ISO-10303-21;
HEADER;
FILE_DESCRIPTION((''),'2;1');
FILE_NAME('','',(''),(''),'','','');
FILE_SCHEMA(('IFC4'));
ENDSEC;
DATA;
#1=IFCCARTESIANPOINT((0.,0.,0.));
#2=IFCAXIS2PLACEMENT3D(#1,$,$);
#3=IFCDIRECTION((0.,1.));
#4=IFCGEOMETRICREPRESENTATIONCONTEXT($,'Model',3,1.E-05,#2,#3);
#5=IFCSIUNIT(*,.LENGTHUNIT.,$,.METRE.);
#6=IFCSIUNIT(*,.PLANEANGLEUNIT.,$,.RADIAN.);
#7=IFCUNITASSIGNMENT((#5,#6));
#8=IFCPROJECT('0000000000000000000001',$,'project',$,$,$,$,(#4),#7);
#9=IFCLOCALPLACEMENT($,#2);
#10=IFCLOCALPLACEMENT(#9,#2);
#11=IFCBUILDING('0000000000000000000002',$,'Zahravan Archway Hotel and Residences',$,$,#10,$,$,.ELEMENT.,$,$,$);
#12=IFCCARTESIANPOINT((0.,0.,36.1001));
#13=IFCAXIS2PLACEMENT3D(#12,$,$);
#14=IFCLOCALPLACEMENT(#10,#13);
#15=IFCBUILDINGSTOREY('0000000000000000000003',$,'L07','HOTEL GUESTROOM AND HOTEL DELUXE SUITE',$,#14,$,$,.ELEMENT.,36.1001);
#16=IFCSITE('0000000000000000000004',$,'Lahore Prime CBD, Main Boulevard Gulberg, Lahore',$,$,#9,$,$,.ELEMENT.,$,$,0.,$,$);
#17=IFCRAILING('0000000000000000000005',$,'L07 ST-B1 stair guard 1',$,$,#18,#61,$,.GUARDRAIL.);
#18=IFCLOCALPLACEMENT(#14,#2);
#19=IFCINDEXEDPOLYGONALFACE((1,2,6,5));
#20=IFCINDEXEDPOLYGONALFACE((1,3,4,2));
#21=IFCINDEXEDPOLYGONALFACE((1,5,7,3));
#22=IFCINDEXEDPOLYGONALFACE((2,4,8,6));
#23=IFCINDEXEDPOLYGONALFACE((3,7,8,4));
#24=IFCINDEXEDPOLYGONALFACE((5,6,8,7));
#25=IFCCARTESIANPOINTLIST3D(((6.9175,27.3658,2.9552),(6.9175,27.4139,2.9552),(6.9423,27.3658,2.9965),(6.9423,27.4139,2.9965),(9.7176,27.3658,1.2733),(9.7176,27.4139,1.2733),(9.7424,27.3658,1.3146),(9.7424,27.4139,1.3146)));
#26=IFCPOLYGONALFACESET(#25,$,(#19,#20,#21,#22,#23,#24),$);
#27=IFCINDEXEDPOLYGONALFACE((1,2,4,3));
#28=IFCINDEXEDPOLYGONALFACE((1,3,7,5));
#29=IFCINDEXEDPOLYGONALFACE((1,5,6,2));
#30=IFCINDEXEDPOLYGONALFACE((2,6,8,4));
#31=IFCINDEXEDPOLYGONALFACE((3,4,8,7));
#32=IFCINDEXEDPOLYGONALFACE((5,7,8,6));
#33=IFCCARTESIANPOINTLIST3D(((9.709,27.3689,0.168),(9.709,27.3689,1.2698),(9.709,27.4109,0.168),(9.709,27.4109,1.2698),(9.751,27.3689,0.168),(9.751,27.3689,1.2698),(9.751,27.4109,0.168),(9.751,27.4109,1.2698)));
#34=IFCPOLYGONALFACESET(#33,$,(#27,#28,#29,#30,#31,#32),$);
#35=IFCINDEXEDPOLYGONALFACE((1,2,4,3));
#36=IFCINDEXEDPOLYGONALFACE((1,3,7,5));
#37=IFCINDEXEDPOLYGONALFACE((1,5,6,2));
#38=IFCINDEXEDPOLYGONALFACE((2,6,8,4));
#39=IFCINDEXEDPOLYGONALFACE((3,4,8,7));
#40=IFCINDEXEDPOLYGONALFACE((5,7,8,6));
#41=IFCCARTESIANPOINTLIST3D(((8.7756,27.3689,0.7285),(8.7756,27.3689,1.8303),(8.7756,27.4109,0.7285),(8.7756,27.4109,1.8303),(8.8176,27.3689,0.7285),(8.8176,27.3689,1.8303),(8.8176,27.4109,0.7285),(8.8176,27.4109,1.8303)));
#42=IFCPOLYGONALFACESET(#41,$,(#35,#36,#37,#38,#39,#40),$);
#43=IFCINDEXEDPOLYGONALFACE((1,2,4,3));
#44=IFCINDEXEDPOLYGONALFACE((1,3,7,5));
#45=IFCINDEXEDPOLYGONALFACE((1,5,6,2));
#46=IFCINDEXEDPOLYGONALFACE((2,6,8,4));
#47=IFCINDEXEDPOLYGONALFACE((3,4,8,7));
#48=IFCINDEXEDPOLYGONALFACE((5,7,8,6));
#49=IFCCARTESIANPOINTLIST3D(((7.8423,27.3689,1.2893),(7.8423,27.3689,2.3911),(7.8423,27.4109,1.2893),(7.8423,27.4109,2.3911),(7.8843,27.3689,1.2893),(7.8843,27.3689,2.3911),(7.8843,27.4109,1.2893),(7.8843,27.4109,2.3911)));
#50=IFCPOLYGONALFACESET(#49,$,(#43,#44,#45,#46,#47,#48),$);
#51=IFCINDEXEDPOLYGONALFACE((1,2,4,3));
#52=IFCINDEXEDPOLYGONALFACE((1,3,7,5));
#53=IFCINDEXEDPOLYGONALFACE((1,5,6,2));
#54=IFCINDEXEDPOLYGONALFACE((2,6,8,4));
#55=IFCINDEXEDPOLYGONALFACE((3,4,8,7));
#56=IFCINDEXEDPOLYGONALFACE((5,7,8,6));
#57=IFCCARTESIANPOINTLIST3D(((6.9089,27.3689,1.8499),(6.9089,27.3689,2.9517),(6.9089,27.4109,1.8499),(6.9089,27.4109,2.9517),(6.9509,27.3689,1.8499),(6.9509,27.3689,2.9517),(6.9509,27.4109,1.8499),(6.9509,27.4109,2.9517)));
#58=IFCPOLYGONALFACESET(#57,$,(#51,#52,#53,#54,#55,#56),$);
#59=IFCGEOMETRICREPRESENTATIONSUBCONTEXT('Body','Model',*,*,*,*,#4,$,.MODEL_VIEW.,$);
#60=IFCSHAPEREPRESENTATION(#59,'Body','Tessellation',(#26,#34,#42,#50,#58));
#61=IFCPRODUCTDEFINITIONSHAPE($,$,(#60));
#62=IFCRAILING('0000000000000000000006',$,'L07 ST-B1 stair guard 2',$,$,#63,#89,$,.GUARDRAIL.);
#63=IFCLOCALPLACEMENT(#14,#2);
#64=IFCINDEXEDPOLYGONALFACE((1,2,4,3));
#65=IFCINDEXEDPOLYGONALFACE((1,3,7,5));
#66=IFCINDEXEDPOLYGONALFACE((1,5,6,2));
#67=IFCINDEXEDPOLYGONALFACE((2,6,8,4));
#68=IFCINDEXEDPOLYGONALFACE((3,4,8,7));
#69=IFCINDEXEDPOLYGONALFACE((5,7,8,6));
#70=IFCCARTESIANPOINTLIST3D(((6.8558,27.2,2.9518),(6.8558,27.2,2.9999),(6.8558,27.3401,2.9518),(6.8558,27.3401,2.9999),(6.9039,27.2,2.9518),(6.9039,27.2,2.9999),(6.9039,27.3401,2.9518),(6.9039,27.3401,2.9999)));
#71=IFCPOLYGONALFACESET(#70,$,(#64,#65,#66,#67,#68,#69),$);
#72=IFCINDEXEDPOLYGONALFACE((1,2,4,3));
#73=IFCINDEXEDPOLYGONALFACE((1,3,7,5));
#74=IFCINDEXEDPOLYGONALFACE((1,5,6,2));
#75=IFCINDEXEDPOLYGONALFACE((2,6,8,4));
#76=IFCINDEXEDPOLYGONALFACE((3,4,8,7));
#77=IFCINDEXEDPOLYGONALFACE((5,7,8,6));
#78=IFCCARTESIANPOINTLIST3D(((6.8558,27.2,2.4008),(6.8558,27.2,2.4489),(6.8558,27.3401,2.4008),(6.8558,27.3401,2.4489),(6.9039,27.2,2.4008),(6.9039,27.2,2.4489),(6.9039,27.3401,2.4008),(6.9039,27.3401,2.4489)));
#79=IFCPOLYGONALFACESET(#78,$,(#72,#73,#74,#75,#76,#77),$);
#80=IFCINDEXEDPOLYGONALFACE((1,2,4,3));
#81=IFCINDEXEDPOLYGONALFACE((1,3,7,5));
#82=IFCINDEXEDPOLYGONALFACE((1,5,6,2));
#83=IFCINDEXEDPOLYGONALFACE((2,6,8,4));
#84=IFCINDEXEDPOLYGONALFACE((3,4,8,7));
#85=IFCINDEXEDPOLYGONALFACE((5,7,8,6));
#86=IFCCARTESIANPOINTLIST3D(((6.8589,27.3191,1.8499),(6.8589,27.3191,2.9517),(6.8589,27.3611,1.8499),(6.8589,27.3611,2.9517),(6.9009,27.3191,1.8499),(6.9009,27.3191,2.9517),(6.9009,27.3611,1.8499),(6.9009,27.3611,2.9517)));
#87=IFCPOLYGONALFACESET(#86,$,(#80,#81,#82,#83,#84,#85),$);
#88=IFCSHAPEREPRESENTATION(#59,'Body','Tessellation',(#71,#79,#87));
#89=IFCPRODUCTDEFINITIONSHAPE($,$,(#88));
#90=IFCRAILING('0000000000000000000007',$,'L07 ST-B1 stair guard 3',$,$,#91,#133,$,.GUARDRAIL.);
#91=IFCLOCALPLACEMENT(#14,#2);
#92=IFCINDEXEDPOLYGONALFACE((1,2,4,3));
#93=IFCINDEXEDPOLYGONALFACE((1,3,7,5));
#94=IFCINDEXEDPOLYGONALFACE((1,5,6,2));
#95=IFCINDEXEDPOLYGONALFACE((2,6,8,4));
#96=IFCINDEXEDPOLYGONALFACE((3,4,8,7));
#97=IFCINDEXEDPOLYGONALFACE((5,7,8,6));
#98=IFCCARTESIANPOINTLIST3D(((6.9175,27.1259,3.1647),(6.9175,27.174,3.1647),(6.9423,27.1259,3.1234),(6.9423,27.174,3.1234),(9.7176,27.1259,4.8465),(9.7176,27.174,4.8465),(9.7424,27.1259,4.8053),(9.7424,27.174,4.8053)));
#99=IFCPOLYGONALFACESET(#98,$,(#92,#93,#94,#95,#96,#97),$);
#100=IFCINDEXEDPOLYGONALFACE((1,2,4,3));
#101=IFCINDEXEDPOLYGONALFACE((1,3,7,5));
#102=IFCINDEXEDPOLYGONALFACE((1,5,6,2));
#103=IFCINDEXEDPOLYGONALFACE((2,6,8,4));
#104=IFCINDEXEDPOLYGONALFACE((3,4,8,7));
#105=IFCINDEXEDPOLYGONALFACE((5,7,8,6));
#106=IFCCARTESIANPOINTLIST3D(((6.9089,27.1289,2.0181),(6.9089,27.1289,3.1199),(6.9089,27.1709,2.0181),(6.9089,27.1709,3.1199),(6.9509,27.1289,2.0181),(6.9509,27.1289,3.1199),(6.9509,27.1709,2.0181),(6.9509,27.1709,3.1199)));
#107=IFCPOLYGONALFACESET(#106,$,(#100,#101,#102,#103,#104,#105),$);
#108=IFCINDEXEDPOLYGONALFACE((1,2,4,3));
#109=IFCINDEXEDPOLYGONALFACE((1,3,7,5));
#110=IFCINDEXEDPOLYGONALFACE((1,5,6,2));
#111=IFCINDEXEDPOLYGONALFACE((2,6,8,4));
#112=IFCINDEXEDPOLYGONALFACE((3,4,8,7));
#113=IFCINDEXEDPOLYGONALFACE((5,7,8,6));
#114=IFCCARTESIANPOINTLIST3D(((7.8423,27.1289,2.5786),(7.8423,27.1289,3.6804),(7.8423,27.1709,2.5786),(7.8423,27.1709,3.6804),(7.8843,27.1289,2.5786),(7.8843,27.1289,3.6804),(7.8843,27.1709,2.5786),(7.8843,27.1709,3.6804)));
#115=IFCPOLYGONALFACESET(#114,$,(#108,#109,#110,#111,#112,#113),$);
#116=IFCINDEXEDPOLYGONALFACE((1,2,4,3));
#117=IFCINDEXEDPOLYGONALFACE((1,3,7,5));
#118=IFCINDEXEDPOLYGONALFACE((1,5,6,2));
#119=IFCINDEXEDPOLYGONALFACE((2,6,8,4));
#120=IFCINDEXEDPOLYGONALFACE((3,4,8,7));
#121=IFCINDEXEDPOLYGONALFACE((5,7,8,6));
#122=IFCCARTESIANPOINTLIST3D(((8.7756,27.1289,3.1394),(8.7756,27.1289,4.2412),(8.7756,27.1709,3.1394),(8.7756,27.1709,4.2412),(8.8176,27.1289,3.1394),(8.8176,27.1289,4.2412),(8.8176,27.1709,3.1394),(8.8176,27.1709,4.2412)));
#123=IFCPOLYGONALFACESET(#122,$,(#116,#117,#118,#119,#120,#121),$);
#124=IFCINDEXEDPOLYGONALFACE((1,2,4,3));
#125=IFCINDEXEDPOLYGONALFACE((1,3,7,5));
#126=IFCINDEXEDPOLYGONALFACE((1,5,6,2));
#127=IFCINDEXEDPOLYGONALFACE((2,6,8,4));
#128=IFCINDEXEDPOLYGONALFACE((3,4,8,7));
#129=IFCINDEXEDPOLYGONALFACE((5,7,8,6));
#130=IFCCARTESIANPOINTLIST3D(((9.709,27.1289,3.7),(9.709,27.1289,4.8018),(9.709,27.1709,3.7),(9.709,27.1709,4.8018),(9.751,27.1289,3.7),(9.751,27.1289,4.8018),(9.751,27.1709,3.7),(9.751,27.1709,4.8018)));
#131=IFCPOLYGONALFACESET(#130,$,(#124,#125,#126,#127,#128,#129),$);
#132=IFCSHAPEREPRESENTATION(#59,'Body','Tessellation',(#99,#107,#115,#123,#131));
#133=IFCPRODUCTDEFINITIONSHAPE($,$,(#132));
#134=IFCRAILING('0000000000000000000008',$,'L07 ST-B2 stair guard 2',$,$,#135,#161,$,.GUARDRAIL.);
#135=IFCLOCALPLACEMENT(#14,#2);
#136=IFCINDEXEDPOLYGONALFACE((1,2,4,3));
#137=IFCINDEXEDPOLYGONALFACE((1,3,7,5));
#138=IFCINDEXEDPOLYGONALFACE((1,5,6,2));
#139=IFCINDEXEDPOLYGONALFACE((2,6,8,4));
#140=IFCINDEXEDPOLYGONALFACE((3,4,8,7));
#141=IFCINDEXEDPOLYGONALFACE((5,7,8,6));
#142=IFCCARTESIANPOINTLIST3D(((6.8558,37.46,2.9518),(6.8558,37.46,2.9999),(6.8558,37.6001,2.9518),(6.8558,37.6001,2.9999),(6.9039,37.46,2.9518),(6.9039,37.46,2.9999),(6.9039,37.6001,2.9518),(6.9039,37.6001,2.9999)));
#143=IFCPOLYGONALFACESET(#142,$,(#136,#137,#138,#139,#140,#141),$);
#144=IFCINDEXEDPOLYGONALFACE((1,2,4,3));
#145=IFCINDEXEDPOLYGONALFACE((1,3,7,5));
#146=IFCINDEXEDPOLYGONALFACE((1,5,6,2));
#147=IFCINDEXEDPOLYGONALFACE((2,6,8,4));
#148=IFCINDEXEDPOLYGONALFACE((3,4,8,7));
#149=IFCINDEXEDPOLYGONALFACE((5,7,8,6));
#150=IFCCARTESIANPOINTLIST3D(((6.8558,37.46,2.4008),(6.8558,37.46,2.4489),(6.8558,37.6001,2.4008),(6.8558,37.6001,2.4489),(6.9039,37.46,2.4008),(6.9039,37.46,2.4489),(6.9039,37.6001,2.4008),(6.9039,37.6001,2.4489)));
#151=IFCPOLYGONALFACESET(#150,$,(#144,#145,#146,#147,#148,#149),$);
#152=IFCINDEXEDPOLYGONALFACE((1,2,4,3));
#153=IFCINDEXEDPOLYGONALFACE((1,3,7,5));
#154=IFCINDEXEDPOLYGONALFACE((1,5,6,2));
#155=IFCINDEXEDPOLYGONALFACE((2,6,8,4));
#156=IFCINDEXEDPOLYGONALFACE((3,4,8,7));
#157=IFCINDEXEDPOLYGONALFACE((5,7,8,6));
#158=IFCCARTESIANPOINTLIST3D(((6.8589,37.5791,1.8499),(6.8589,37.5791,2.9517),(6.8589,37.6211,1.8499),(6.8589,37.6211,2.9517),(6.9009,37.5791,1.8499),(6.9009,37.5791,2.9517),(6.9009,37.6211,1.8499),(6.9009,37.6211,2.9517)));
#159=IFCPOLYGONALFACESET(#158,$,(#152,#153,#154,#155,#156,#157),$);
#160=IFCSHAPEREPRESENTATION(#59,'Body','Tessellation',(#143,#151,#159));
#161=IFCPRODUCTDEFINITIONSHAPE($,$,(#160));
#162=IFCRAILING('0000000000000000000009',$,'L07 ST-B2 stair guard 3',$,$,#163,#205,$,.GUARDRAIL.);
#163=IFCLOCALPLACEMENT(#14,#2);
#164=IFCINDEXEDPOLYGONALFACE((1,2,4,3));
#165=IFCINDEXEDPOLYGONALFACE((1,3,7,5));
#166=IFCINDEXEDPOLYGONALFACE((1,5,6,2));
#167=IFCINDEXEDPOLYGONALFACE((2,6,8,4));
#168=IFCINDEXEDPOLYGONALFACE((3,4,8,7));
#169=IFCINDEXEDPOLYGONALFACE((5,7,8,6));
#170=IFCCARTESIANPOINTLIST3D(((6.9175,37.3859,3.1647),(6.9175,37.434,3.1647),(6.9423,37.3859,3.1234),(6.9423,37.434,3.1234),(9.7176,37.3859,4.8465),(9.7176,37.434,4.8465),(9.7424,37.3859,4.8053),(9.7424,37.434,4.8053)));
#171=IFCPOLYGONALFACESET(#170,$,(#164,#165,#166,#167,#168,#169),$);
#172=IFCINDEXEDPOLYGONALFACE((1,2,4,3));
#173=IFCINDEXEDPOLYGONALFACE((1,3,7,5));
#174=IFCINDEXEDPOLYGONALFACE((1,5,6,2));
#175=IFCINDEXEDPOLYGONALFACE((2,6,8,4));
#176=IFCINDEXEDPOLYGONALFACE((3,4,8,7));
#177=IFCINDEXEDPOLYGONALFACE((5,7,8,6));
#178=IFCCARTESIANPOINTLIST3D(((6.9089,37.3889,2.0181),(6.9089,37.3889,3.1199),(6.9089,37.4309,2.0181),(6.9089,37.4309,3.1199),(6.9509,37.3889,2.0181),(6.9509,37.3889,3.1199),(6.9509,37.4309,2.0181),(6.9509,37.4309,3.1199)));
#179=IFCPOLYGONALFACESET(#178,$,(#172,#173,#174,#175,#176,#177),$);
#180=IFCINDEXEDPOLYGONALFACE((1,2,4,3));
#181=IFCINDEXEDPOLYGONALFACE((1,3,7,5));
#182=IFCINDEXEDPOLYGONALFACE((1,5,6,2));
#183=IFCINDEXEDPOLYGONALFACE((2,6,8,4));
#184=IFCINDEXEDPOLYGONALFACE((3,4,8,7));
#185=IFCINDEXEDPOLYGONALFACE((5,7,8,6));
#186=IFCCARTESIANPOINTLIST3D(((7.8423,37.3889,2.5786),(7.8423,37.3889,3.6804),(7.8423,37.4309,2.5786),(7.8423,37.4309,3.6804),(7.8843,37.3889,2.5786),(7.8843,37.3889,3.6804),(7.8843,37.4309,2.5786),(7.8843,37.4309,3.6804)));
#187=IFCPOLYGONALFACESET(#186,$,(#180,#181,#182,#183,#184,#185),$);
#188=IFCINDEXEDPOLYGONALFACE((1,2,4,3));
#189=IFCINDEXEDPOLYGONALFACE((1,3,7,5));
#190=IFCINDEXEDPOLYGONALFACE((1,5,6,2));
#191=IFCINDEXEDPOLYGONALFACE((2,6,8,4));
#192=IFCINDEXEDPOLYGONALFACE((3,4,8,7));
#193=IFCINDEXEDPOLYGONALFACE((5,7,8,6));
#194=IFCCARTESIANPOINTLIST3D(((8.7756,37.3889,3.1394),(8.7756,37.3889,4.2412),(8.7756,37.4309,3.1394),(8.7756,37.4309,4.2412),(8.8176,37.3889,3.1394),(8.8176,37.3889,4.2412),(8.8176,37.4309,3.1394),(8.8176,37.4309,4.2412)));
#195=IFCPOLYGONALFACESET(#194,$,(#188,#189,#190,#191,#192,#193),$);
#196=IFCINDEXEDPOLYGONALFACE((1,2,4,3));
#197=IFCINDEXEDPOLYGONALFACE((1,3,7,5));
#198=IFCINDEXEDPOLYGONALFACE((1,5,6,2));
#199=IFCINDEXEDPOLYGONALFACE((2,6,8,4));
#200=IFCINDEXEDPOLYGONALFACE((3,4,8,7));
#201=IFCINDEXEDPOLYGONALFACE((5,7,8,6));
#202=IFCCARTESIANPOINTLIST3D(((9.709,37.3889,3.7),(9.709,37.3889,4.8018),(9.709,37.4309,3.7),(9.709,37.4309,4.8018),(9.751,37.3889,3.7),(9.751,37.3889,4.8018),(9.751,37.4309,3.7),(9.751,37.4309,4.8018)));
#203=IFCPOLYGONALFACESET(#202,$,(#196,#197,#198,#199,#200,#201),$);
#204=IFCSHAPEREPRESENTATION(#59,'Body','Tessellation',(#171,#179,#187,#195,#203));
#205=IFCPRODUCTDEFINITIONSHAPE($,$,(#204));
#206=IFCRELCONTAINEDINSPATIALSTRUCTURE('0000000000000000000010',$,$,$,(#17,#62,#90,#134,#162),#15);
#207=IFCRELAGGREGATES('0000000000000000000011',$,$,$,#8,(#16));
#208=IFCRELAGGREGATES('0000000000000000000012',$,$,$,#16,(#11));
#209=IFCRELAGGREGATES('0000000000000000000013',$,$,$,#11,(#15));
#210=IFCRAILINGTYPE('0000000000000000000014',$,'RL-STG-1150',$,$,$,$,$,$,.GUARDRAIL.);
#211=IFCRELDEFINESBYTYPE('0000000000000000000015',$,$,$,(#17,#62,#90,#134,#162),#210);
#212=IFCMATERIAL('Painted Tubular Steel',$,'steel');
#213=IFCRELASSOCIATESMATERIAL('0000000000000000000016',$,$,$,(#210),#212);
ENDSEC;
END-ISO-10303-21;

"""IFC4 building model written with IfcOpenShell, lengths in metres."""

from ifc_helpers import new_model, si_unit, direction, frame, origin, origin_2d, place, context, subcontext, project, spatial, rectangle, extrude, material, type_object, element, save


model = new_model("IFC4")

# Units and contexts
model_context = context("Model", 3, precision=1e-05, world=origin(), true_north=direction((0.0, 1.0)))
body_context = subcontext(model_context, "Body", "Model", "MODEL_VIEW")
ifc_project = project(units=[si_unit("LENGTHUNIT", "METRE"), si_unit("PLANEANGLEUNIT", "RADIAN")], contexts=[model_context])

# Site, building, storey
site_placement = place(None, origin())
site = spatial("IfcSite", under=ifc_project, at=site_placement, Name="Lahore Prime CBD, Main Boulevard Gulberg, Lahore", CompositionType="ELEMENT", RefElevation=0.0)
building_placement = place(site_placement, origin())
building = spatial("IfcBuilding", under=site, at=building_placement, Name="Zahravan Archway Hotel and Residences", CompositionType="ELEMENT")
storey_placement = place(building_placement, frame((0.0, 0.0, 36.1001)))
storey = spatial("IfcBuildingStorey", under=building, at=storey_placement, Name="L07", Description="HOTEL GUESTROOM AND HOTEL DELUXE SUITE", CompositionType="ELEMENT", Elevation=36.1001)

# Railings
ifc_material_1 = material(Name="Painted Tubular Steel", Category="steel")
railing_type_1 = type_object("IfcRailingType", Name="RL-STG-1150", PredefinedType="GUARDRAIL", material=ifc_material_1)
railing_1_placement = place(storey_placement, frame((9.73, 27.3899, 0.168)))
element("IfcRailing", 1, at=railing_1_placement, inside=storey, type_object=railing_type_1, Name="L07 ST-B1 stair guard 1", PredefinedType="GUARDRAIL", context=body_context, shape_type="SweptSolid", body=[
    extrude(rectangle(XDim=0.0481, YDim=0.0481, at=origin_2d()), frame((0.0, 0.0, 1.126), z_axis=(-0.857242, 0.0, 0.514913), x_axis=(0.0, -1.0, 0.0)), (0.0, 0.0, 1.0), 3.2664),
    extrude(rectangle(XDim=0.042, YDim=0.042, at=origin_2d()), origin(), (0.0, 0.0, 1.0), 1.1018),
    extrude(rectangle(XDim=0.042, YDim=0.042, at=origin_2d()), frame((-0.9333, 0.0, 0.5605)), (0.0, 0.0, 1.0), 1.1018),
    extrude(rectangle(XDim=0.042, YDim=0.042, at=origin_2d()), frame((-1.8667, 0.0, 1.1213)), (0.0, 0.0, 1.0), 1.1018),
    extrude(rectangle(XDim=0.042, YDim=0.042, at=origin_2d()), frame((-2.8, 0.0, 1.6819)), (0.0, 0.0, 1.0), 1.1018),
])
railing_2_placement = place(storey_placement, frame((6.8799, 27.3401, 1.8499)))
element("IfcRailing", 2, at=railing_2_placement, inside=storey, type_object=railing_type_1, Name="L07 ST-B1 stair guard 2", PredefinedType="GUARDRAIL", context=body_context, shape_type="SweptSolid", body=[
    extrude(rectangle(XDim=0.0481, YDim=0.0481, at=origin_2d()), frame((0.0, 0.0, 1.126), z_axis=(0.0, -1.0, 0.0), x_axis=(1.0, 0.0, 0.0)), (0.0, 0.0, 1.0), 0.1401),
    extrude(rectangle(XDim=0.0481, YDim=0.0481, at=origin_2d()), frame((0.0, 0.0, 0.575), z_axis=(0.0, -1.0, 0.0), x_axis=(1.0, 0.0, 0.0)), (0.0, 0.0, 1.0), 0.1401),
    extrude(rectangle(XDim=0.042, YDim=0.042, at=origin_2d()), origin(), (0.0, 0.0, 1.0), 1.1018),
])
railing_3_placement = place(storey_placement, frame((6.9299, 27.1499, 2.0181)))
element("IfcRailing", 3, at=railing_3_placement, inside=storey, type_object=railing_type_1, Name="L07 ST-B1 stair guard 3", PredefinedType="GUARDRAIL", context=body_context, shape_type="SweptSolid", body=[
    extrude(rectangle(XDim=0.0481, YDim=0.0481, at=origin_2d()), frame((0.0, 0.0, 1.126), z_axis=(0.857242, 0.0, 0.514913), x_axis=(0.0, 1.0, 0.0)), (0.0, 0.0, 1.0), 3.2664),
    extrude(rectangle(XDim=0.042, YDim=0.042, at=origin_2d()), origin(), (0.0, 0.0, 1.0), 1.1018),
    extrude(rectangle(XDim=0.042, YDim=0.042, at=origin_2d()), frame((0.9333, 0.0, 0.5605)), (0.0, 0.0, 1.0), 1.1018),
    extrude(rectangle(XDim=0.042, YDim=0.042, at=origin_2d()), frame((1.8667, 0.0, 1.1213)), (0.0, 0.0, 1.0), 1.1018),
    extrude(rectangle(XDim=0.042, YDim=0.042, at=origin_2d()), frame((2.8, 0.0, 1.6819)), (0.0, 0.0, 1.0), 1.1018),
])
railing_4_placement = place(storey_placement, frame((6.8799, 37.6001, 1.8499)))
element("IfcRailing", 4, at=railing_4_placement, inside=storey, type_object=railing_type_1, Name="L07 ST-B2 stair guard 2", PredefinedType="GUARDRAIL", context=body_context, shape_type="SweptSolid", body=[
    extrude(rectangle(XDim=0.0481, YDim=0.0481, at=origin_2d()), frame((0.0, 0.0, 1.126), z_axis=(0.0, -1.0, 0.0), x_axis=(1.0, 0.0, 0.0)), (0.0, 0.0, 1.0), 0.1401),
    extrude(rectangle(XDim=0.0481, YDim=0.0481, at=origin_2d()), frame((0.0, 0.0, 0.575), z_axis=(0.0, -1.0, 0.0), x_axis=(1.0, 0.0, 0.0)), (0.0, 0.0, 1.0), 0.1401),
    extrude(rectangle(XDim=0.042, YDim=0.042, at=origin_2d()), origin(), (0.0, 0.0, 1.0), 1.1018),
])
railing_5_placement = place(storey_placement, frame((6.9299, 37.4099, 2.0181)))
element("IfcRailing", 5, at=railing_5_placement, inside=storey, type_object=railing_type_1, Name="L07 ST-B2 stair guard 3", PredefinedType="GUARDRAIL", context=body_context, shape_type="SweptSolid", body=[
    extrude(rectangle(XDim=0.0481, YDim=0.0481, at=origin_2d()), frame((0.0, 0.0, 1.126), z_axis=(0.857242, 0.0, 0.514913), x_axis=(0.0, 1.0, 0.0)), (0.0, 0.0, 1.0), 3.2664),
    extrude(rectangle(XDim=0.042, YDim=0.042, at=origin_2d()), origin(), (0.0, 0.0, 1.0), 1.1018),
    extrude(rectangle(XDim=0.042, YDim=0.042, at=origin_2d()), frame((0.9333, 0.0, 0.5605)), (0.0, 0.0, 1.0), 1.1018),
    extrude(rectangle(XDim=0.042, YDim=0.042, at=origin_2d()), frame((1.8667, 0.0, 1.1213)), (0.0, 0.0, 1.0), 1.1018),
    extrude(rectangle(XDim=0.042, YDim=0.042, at=origin_2d()), frame((2.8, 0.0, 1.6819)), (0.0, 0.0, 1.0), 1.1018),
])

save(model, "model.ifc")
